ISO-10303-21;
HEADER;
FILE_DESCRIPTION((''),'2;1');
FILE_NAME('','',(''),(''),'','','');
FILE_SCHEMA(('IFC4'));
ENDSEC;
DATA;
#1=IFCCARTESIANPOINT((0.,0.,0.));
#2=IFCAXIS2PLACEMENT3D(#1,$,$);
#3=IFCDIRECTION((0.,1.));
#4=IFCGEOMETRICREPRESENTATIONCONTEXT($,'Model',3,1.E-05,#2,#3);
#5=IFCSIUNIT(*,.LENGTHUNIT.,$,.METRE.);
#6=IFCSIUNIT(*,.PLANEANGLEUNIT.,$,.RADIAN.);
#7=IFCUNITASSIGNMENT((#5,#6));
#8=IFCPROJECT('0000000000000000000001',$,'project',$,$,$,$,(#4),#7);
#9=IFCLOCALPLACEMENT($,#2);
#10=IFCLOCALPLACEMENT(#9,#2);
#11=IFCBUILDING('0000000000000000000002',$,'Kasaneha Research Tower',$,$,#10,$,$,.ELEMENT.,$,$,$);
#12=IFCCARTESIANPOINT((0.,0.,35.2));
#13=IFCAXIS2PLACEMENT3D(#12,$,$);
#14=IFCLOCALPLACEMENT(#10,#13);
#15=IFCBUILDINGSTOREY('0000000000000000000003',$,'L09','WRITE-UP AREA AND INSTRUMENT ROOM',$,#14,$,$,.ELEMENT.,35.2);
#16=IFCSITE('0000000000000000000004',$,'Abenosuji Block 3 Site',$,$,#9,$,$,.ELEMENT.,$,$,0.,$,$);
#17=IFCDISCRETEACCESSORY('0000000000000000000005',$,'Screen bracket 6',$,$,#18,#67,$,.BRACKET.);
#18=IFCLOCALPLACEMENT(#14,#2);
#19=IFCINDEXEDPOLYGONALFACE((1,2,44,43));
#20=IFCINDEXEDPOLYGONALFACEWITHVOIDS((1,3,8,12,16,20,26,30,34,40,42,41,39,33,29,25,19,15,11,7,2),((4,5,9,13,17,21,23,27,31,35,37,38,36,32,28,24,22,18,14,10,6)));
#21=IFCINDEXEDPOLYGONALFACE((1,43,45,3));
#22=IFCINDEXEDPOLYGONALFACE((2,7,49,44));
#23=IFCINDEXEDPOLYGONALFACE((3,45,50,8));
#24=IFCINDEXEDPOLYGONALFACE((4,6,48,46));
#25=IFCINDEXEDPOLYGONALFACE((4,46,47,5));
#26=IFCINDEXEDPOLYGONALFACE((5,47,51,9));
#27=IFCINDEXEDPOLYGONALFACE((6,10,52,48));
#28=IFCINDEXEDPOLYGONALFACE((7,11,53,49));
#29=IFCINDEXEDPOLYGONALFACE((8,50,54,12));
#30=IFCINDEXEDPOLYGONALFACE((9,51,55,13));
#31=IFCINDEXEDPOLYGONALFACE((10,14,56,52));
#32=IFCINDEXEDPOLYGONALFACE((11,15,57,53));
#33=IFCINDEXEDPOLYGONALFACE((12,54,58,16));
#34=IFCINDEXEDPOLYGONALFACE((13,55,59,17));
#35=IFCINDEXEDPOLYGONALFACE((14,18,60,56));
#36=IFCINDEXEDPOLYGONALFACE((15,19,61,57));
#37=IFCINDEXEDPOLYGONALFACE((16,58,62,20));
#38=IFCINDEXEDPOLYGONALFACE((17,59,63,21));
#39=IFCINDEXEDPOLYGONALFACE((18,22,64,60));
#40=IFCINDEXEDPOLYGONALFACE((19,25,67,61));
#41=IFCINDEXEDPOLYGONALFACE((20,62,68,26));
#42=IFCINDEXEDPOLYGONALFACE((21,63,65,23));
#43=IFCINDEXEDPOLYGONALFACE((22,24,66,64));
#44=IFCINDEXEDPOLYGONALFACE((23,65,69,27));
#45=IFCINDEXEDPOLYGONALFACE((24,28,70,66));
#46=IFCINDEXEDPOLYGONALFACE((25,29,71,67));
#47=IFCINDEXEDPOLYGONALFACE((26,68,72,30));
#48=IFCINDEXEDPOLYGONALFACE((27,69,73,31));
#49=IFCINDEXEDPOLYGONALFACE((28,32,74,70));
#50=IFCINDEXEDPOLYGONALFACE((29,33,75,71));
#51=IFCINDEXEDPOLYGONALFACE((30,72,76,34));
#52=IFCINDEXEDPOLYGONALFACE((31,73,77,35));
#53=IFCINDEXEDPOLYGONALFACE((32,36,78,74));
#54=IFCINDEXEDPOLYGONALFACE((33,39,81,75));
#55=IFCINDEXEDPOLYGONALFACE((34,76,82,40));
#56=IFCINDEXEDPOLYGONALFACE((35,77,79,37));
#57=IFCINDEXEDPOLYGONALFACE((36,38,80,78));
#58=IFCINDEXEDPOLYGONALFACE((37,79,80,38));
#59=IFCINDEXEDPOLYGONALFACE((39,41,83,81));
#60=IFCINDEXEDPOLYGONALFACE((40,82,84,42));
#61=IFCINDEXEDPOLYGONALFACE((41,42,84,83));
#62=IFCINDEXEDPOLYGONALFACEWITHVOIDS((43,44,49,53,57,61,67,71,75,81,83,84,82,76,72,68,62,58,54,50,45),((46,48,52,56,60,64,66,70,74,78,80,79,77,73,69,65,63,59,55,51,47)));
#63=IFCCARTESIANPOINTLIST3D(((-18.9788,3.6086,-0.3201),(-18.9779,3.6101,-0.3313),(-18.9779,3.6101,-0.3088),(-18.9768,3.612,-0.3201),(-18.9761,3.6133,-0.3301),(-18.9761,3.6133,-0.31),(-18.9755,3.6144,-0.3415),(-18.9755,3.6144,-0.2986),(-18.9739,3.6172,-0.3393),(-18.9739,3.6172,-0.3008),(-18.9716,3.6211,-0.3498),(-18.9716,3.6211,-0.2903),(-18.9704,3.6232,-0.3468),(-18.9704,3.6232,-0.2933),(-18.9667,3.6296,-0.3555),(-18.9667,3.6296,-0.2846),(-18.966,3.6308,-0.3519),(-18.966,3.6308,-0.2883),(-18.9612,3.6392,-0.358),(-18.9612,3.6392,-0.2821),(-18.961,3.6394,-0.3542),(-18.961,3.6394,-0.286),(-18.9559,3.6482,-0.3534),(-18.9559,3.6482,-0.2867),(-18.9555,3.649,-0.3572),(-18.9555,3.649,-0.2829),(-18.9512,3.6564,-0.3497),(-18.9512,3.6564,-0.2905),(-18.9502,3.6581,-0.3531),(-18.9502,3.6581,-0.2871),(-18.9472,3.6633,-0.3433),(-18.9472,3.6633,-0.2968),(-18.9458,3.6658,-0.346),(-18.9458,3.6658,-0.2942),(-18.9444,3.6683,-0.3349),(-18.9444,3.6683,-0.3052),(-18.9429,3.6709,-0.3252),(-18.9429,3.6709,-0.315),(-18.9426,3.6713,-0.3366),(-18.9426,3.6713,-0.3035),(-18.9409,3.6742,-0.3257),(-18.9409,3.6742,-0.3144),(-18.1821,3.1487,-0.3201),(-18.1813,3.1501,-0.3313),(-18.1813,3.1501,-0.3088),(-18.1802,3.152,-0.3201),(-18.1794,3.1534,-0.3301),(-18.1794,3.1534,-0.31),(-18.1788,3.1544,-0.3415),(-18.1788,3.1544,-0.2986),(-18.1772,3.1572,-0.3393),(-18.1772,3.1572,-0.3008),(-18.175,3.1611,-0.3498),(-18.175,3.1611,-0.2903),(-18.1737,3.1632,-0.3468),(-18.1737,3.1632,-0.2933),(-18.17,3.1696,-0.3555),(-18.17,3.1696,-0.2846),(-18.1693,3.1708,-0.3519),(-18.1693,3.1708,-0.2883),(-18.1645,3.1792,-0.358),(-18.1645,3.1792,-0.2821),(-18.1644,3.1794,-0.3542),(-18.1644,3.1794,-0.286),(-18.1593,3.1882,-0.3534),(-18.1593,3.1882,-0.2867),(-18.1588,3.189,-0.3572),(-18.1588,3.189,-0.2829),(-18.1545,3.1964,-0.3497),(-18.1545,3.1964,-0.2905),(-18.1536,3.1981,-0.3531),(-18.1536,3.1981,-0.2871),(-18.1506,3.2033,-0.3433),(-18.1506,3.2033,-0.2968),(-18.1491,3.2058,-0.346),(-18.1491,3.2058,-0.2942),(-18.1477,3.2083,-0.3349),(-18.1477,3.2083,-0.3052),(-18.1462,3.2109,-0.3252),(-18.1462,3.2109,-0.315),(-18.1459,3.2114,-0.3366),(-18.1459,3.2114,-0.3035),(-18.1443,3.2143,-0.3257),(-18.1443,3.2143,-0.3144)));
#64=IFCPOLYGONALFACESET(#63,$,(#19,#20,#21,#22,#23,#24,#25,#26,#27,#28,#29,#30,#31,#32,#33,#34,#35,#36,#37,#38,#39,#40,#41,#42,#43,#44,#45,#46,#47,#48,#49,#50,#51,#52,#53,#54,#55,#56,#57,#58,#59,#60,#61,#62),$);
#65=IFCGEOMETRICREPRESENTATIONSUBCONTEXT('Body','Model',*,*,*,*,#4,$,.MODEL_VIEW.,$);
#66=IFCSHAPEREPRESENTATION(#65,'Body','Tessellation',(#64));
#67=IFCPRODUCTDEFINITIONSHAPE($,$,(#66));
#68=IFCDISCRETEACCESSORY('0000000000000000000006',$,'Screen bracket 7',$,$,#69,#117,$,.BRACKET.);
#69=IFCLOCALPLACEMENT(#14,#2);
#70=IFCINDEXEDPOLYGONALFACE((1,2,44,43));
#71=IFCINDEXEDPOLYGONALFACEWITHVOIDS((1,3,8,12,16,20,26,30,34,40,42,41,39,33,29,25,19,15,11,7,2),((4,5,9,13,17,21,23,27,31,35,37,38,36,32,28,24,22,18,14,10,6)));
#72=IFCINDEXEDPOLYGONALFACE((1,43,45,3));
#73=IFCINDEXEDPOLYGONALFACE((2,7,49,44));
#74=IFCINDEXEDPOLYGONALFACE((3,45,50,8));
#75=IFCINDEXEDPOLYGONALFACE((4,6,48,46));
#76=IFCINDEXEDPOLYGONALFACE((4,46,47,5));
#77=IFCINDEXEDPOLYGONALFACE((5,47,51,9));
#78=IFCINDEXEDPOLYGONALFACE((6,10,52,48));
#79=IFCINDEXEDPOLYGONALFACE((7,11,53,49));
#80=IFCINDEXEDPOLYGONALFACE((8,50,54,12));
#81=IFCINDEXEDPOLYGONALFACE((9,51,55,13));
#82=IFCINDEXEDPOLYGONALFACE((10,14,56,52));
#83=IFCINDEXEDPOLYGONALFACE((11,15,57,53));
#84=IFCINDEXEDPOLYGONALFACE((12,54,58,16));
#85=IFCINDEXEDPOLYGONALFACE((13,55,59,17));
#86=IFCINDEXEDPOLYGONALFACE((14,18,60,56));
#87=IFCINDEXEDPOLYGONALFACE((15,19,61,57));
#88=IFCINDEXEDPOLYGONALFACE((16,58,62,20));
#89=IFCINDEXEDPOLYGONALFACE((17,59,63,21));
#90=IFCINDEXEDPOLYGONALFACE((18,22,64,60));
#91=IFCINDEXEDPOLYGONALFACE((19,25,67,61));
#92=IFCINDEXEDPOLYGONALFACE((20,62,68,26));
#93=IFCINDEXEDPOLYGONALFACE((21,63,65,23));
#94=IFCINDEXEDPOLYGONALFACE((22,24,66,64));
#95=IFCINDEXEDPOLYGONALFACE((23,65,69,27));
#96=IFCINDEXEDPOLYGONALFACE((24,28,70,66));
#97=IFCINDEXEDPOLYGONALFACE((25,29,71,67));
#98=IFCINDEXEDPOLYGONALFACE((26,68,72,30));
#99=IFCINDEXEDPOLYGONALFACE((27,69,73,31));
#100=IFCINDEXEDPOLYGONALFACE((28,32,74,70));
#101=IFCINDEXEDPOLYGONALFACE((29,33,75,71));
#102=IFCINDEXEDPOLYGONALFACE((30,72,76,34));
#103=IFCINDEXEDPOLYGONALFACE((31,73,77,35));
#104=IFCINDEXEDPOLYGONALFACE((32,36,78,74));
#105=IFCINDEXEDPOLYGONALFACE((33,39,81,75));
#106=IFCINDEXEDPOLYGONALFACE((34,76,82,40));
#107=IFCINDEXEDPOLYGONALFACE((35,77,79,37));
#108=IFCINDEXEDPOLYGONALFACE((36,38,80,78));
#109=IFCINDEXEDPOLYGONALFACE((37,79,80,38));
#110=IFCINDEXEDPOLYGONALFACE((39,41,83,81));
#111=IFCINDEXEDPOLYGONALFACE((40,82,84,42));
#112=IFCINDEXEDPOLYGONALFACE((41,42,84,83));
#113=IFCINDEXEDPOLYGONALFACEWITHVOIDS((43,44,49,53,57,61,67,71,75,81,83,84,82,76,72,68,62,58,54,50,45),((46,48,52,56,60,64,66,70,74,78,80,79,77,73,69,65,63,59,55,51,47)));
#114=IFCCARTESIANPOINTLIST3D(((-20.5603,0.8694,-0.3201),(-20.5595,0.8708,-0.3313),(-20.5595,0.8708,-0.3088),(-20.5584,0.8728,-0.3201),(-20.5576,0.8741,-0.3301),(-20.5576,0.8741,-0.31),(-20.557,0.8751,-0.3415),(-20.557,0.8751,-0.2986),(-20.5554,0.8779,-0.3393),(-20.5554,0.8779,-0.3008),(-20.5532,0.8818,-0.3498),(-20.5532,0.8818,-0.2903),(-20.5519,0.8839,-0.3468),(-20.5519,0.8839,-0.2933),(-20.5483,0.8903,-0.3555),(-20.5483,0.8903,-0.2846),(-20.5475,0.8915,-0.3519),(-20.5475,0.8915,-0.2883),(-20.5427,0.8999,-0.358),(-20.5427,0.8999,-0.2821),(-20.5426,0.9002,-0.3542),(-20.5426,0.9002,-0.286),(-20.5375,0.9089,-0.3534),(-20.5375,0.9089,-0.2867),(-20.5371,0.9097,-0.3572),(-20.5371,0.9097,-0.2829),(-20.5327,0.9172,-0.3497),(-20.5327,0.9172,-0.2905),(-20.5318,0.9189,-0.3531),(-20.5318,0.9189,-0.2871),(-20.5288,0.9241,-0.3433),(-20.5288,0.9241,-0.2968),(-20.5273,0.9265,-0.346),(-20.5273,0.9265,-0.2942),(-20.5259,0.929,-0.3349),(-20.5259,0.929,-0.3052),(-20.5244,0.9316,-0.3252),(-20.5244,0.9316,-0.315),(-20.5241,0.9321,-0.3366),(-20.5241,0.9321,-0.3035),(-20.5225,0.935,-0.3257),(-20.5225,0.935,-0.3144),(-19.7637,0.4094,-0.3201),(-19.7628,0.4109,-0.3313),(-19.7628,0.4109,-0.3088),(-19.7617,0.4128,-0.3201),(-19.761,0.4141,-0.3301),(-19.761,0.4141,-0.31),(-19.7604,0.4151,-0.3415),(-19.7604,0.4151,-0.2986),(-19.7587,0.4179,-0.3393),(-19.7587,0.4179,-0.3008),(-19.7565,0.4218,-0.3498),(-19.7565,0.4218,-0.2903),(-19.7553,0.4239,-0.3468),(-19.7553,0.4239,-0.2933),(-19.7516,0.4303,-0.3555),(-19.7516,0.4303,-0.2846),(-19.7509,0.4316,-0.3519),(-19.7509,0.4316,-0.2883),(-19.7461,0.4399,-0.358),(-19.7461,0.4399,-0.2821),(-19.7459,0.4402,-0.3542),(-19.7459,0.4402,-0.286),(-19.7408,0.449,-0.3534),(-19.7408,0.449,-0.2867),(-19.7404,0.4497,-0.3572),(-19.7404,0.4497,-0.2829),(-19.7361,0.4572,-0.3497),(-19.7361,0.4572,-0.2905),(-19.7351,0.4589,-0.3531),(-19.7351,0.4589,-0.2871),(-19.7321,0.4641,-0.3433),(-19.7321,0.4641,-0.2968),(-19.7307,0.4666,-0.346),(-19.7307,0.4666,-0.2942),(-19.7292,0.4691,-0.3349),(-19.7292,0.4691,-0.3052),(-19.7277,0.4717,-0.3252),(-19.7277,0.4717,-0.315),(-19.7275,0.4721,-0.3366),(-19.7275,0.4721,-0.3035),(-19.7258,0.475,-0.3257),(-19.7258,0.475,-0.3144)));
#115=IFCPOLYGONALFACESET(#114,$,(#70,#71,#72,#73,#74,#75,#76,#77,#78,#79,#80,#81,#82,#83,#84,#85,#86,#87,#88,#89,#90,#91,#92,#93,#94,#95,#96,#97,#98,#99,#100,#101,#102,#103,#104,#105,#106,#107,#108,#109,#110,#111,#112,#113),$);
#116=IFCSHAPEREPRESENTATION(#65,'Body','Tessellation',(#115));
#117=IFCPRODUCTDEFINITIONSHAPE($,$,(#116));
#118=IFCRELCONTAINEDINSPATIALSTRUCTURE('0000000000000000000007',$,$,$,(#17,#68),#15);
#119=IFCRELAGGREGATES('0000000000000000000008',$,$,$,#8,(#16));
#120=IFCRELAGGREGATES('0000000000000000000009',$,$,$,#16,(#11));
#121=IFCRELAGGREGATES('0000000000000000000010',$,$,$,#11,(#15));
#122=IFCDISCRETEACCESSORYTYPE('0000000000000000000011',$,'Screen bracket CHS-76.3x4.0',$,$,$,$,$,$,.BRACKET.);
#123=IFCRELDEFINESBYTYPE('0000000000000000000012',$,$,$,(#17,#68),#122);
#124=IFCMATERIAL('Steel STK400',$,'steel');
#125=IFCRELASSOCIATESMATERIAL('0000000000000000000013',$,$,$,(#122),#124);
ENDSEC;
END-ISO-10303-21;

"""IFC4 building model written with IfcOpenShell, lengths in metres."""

from ifc_helpers import new_model, si_unit, direction, frame, origin, origin_2d, place, context, subcontext, project, spatial, hollow_circle, extrude, material, material_profile, profile_set, type_object, element, save


model = new_model("IFC4")

# Units and contexts
model_context = context("Model", 3, precision=1e-05, world=origin(), true_north=direction((0.0, 1.0)))
body_context = subcontext(model_context, "Body", "Model", "MODEL_VIEW")
ifc_project = project(units=[si_unit("LENGTHUNIT", "METRE"), si_unit("PLANEANGLEUNIT", "RADIAN")], contexts=[model_context])

# Site, building, storey
site_placement = place(None, origin())
site = spatial("IfcSite", under=ifc_project, at=site_placement, Name="Abenosuji Block 3 Site", CompositionType="ELEMENT", RefElevation=0.0)
building_placement = place(site_placement, origin())
building = spatial("IfcBuilding", under=site, at=building_placement, Name="Kasaneha Research Tower", CompositionType="ELEMENT")
storey_placement = place(building_placement, frame((0.0, 0.0, 35.2)))
storey = spatial("IfcBuildingStorey", under=building, at=storey_placement, Name="L09", Description="WRITE-UP AREA AND INSTRUMENT ROOM", CompositionType="ELEMENT", Elevation=35.2)

# Discrete accessories
ifc_material_1 = material(Name="Steel STK400", Category="steel")
ifc_material_profile_1 = material_profile(ifc_material_1, hollow_circle(Radius=0.0381, WallThickness=0.0039, at=origin_2d()), Name="CHS-76.3x4.0")
ifc_profile_set_1 = profile_set([ifc_material_profile_1], Name="Steel STK400")
discrete_accessory_type = type_object("IfcDiscreteAccessoryType", Name="Screen bracket CHS-76.3x4.0", PredefinedType="BRACKET", material=ifc_profile_set_1)
for number, where, z_axis, x_axis, name in (
    (1, (-18.1631, 3.1816, -0.3201), (-0.866013, 0.500021, 0.0), (-0.500021, -0.866013, 0.0), "Screen bracket 6"),
    (2, (-19.7446, 0.4424, -0.3201), (-0.866013, 0.500021, 0.0), (-0.500021, -0.866013, 0.0), "Screen bracket 7"),
):
    element("IfcDiscreteAccessory", number, at=place(storey_placement, frame(where, z_axis=z_axis, x_axis=x_axis)), inside=storey, type_object=discrete_accessory_type, Name=name, PredefinedType="BRACKET", context=body_context, shape_type="SweptSolid", body=[
        extrude(hollow_circle(Radius=0.0381, WallThickness=0.0039, at=origin_2d()), origin(), (0.0, 0.0, 1.0), 0.9199),
    ])

save(model, "model.ifc")
